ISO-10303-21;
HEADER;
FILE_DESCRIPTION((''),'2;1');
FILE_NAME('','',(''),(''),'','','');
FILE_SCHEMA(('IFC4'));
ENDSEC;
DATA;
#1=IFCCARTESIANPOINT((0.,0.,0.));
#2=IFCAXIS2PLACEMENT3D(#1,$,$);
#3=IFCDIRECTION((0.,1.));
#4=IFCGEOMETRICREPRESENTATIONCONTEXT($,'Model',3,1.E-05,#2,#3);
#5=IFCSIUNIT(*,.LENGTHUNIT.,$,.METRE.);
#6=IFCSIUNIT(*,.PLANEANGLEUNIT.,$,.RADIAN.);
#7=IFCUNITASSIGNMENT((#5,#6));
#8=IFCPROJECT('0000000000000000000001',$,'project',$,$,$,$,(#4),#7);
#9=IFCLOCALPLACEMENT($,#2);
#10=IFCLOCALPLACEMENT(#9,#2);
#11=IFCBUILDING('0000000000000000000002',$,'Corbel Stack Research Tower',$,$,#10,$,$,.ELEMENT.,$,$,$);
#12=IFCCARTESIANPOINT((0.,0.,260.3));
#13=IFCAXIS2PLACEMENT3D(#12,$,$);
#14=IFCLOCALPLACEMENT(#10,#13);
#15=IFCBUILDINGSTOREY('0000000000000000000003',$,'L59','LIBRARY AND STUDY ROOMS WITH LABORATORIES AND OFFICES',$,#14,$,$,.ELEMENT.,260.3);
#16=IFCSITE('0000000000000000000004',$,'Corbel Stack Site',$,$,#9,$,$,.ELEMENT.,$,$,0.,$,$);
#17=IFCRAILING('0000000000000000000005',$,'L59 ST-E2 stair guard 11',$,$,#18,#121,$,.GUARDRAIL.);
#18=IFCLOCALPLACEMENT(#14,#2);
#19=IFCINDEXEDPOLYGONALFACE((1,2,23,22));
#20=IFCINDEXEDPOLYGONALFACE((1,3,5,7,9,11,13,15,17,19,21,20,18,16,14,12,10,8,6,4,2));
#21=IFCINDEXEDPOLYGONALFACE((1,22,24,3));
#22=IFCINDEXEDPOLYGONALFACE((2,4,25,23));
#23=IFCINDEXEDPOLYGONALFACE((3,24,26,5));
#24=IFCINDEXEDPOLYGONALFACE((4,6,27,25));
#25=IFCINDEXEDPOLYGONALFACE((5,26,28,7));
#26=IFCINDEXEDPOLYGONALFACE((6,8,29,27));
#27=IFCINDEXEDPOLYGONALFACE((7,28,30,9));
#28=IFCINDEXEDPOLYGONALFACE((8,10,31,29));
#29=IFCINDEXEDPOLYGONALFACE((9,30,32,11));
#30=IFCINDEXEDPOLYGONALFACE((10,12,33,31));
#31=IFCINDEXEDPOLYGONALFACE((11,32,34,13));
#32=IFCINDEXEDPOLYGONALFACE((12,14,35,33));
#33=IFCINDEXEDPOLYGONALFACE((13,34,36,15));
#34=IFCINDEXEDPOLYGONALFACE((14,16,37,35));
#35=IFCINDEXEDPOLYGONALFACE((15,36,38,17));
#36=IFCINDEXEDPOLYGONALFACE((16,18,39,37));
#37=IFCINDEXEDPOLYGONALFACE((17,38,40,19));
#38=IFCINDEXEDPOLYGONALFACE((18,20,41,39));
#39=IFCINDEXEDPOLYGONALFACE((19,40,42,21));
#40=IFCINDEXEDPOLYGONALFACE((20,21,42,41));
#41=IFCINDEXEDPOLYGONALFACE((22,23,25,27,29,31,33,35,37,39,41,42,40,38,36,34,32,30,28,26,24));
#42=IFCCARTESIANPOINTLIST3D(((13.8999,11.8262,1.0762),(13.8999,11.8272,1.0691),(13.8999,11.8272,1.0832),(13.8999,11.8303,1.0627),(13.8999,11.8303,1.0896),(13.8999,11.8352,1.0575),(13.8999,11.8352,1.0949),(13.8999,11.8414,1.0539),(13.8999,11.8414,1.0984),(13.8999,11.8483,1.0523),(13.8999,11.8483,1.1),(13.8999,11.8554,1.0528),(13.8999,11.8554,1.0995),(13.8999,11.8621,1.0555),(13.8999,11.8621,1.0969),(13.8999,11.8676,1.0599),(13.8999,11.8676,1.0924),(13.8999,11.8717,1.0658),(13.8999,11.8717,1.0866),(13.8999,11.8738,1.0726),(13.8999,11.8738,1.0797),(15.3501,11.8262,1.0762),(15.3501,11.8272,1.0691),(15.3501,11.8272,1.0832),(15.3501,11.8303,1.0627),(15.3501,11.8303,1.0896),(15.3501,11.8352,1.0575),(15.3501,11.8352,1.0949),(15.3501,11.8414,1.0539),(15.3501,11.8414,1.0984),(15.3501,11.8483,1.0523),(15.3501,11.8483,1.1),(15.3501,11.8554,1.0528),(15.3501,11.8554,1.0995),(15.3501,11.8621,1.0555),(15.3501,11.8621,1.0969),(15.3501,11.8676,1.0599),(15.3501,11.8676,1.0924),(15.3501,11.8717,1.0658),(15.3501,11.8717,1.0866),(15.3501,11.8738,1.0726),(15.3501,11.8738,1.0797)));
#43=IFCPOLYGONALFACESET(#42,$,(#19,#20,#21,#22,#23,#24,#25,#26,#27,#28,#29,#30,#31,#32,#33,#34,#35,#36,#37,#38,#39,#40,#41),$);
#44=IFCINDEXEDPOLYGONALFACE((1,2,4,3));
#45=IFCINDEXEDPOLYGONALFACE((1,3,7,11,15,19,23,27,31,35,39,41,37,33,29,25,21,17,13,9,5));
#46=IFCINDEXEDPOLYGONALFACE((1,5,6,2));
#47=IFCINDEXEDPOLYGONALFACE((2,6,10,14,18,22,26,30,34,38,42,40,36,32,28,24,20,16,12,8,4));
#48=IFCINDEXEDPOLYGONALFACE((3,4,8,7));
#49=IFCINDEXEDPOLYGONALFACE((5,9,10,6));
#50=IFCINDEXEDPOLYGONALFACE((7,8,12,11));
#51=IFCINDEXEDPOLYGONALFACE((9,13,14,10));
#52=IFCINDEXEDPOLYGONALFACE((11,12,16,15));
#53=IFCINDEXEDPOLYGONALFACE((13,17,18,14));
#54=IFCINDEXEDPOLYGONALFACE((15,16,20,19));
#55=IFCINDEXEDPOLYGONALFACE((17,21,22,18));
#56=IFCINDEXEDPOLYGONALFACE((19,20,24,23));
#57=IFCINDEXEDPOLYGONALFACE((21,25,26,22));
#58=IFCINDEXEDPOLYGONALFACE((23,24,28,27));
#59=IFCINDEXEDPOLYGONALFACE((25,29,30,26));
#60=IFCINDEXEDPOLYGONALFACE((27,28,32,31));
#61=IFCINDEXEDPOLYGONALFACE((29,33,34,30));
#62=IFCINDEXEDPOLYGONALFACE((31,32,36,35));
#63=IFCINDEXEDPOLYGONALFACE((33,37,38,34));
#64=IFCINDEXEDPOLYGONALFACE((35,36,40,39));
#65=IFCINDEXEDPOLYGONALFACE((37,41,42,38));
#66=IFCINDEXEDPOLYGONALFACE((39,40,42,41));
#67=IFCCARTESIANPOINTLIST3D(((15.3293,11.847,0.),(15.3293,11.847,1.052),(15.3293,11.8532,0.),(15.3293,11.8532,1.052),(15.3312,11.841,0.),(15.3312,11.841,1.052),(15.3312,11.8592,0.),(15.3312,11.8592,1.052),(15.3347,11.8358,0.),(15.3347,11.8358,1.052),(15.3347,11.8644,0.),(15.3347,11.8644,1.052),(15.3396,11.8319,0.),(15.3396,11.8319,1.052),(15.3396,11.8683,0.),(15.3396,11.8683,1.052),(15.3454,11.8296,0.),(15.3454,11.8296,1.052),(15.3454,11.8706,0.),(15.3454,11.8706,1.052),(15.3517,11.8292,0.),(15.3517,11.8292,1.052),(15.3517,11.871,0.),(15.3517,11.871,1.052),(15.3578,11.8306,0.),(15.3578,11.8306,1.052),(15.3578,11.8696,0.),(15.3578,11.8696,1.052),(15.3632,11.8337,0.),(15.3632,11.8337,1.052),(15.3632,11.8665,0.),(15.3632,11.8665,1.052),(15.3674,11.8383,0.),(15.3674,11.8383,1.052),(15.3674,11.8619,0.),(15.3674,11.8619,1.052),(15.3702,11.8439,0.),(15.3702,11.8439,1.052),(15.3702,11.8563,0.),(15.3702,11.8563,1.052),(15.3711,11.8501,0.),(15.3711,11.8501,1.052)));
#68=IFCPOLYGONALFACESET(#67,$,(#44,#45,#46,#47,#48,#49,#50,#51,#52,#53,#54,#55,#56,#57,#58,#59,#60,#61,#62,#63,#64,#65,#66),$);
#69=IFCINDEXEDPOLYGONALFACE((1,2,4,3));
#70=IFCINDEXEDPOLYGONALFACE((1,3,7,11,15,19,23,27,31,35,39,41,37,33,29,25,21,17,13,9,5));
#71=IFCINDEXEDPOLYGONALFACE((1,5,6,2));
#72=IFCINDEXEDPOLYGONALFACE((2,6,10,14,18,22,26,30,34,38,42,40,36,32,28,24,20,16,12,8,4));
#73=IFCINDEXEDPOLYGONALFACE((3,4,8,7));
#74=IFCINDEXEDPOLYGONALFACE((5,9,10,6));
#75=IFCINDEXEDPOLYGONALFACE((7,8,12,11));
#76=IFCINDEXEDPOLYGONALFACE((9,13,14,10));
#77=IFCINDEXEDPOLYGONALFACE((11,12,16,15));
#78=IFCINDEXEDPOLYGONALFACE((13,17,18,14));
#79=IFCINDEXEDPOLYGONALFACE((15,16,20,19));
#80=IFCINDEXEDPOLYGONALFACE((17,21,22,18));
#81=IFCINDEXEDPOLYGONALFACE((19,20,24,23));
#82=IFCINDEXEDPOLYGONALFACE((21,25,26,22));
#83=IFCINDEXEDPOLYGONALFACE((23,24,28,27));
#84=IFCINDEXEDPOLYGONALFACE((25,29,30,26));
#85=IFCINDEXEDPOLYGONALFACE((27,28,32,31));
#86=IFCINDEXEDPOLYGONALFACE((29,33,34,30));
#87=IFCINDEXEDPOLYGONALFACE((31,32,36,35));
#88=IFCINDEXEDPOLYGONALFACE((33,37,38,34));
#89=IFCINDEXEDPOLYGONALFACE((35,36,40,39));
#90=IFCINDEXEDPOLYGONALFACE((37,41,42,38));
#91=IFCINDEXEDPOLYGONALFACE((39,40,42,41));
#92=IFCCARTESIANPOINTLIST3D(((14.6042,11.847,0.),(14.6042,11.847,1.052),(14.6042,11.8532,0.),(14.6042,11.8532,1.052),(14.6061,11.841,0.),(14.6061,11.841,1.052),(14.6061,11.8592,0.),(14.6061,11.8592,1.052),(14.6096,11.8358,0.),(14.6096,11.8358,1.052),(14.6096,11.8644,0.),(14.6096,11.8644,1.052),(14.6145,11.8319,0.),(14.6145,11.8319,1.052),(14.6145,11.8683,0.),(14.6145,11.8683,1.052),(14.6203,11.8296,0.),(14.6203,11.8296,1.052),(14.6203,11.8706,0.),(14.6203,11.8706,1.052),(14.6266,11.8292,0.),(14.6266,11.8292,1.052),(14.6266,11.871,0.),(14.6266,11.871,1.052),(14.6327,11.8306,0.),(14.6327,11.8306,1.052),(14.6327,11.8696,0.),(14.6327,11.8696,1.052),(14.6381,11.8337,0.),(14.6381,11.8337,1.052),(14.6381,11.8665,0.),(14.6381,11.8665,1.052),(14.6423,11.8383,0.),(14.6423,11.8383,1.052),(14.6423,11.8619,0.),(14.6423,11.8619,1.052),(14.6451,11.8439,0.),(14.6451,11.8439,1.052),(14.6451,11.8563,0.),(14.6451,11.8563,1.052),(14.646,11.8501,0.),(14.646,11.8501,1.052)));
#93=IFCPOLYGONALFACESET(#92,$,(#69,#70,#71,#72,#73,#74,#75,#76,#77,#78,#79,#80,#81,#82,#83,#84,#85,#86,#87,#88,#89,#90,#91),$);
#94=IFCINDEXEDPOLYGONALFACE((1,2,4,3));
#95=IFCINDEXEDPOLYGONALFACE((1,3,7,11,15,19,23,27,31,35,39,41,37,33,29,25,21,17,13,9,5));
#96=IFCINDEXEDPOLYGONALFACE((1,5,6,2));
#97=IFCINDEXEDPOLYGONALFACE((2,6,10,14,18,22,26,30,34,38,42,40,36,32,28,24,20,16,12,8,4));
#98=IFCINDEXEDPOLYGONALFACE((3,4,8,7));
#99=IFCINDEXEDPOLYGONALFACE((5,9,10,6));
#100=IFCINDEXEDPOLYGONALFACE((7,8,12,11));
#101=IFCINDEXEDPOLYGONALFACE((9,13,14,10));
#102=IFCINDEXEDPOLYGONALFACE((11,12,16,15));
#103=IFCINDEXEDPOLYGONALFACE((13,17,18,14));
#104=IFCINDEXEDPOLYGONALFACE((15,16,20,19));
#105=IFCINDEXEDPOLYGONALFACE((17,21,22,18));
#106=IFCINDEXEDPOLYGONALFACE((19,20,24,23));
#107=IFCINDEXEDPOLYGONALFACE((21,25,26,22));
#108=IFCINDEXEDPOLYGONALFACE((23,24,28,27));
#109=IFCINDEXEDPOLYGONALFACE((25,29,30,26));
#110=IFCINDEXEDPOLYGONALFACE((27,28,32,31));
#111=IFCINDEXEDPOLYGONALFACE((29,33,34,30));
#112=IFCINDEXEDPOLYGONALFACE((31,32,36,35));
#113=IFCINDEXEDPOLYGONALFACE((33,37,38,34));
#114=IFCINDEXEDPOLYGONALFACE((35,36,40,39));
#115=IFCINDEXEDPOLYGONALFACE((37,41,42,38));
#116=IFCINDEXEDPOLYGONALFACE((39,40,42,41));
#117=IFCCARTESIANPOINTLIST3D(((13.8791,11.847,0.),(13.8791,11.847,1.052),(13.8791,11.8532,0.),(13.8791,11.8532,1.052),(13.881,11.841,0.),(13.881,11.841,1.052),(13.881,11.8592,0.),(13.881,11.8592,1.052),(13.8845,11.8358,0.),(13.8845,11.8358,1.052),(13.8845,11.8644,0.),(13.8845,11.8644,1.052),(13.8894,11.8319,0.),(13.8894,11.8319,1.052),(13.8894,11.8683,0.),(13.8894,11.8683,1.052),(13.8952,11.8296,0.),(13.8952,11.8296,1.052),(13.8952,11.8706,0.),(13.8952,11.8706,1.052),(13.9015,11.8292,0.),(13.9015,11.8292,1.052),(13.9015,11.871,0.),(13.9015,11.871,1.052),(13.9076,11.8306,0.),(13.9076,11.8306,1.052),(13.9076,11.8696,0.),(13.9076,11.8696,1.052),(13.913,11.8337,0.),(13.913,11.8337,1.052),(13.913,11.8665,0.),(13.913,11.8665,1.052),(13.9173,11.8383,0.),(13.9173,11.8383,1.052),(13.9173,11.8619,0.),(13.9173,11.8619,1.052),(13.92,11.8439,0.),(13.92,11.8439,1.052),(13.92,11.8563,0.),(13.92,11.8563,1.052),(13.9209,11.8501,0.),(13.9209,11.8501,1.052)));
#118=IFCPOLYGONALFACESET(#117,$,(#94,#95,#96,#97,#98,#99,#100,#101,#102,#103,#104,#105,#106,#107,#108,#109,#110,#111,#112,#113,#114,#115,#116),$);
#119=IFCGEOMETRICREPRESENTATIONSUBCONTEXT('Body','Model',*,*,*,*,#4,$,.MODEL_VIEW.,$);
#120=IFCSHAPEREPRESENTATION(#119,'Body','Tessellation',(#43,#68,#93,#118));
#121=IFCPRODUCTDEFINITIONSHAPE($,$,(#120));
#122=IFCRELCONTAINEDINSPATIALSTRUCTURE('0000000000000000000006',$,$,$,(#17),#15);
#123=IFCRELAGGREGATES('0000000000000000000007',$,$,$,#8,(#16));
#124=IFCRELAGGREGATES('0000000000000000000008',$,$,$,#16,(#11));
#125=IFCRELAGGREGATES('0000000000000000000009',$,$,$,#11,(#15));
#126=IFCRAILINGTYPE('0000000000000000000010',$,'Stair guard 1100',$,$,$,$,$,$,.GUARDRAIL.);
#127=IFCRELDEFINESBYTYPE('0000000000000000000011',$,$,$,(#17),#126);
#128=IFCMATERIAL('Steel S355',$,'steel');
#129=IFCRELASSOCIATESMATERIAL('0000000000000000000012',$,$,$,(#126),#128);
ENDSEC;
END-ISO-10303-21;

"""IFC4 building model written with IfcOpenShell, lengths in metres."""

from ifc_helpers import new_model, si_unit, direction, frame, origin, origin_2d, place, context, subcontext, project, spatial, circle, extrude, material, type_object, element, save


model = new_model("IFC4")

# Units and contexts
model_context = context("Model", 3, precision=1e-05, world=origin(), true_north=direction((0.0, 1.0)))
body_context = subcontext(model_context, "Body", "Model", "MODEL_VIEW")
ifc_project = project(units=[si_unit("LENGTHUNIT", "METRE"), si_unit("PLANEANGLEUNIT", "RADIAN")], contexts=[model_context])

# Site, building, storey
site_placement = place(None, origin())
site = spatial("IfcSite", under=ifc_project, at=site_placement, Name="Corbel Stack Site", CompositionType="ELEMENT", RefElevation=0.0)
building_placement = place(site_placement, origin())
building = spatial("IfcBuilding", under=site, at=building_placement, Name="Corbel Stack Research Tower", CompositionType="ELEMENT")
storey_placement = place(building_placement, frame((0.0, 0.0, 260.3)))
storey = spatial("IfcBuildingStorey", under=building, at=storey_placement, Name="L59", Description="LIBRARY AND STUDY ROOMS WITH LABORATORIES AND OFFICES", CompositionType="ELEMENT", Elevation=260.3)

# Railing
ifc_material_1 = material(Name="Steel S355", Category="steel")
railing_type = type_object("IfcRailingType", Name="Stair guard 1100", PredefinedType="GUARDRAIL", material=ifc_material_1)
for number, where, name in (
    (1, (15.3501, 11.8501, 0.0), "L59 ST-E2 stair guard 11"),
):
    element("IfcRailing", number, at=place(storey_placement, frame(where)), inside=storey, type_object=railing_type, Name=name, PredefinedType="GUARDRAIL", context=body_context, shape_type="SweptSolid", body=[
        extrude(circle(Radius=0.0239, at=origin_2d()), frame((0.0, 0.0, 1.0762), z_axis=(-1.0, 0.0, 0.0), x_axis=(0.0, -1.0, 0.0)), (0.0, 0.0, 1.0), 1.4502),
        extrude(circle(Radius=0.021, at=origin_2d()), origin(), (0.0, 0.0, 1.0), 1.052),
        extrude(circle(Radius=0.021, at=origin_2d()), frame((-0.7251, 0.0, 0.0)), (0.0, 0.0, 1.0), 1.052),
        extrude(circle(Radius=0.021, at=origin_2d()), frame((-1.4502, 0.0, 0.0)), (0.0, 0.0, 1.0), 1.052),
    ])

save(model, "model.ifc")
